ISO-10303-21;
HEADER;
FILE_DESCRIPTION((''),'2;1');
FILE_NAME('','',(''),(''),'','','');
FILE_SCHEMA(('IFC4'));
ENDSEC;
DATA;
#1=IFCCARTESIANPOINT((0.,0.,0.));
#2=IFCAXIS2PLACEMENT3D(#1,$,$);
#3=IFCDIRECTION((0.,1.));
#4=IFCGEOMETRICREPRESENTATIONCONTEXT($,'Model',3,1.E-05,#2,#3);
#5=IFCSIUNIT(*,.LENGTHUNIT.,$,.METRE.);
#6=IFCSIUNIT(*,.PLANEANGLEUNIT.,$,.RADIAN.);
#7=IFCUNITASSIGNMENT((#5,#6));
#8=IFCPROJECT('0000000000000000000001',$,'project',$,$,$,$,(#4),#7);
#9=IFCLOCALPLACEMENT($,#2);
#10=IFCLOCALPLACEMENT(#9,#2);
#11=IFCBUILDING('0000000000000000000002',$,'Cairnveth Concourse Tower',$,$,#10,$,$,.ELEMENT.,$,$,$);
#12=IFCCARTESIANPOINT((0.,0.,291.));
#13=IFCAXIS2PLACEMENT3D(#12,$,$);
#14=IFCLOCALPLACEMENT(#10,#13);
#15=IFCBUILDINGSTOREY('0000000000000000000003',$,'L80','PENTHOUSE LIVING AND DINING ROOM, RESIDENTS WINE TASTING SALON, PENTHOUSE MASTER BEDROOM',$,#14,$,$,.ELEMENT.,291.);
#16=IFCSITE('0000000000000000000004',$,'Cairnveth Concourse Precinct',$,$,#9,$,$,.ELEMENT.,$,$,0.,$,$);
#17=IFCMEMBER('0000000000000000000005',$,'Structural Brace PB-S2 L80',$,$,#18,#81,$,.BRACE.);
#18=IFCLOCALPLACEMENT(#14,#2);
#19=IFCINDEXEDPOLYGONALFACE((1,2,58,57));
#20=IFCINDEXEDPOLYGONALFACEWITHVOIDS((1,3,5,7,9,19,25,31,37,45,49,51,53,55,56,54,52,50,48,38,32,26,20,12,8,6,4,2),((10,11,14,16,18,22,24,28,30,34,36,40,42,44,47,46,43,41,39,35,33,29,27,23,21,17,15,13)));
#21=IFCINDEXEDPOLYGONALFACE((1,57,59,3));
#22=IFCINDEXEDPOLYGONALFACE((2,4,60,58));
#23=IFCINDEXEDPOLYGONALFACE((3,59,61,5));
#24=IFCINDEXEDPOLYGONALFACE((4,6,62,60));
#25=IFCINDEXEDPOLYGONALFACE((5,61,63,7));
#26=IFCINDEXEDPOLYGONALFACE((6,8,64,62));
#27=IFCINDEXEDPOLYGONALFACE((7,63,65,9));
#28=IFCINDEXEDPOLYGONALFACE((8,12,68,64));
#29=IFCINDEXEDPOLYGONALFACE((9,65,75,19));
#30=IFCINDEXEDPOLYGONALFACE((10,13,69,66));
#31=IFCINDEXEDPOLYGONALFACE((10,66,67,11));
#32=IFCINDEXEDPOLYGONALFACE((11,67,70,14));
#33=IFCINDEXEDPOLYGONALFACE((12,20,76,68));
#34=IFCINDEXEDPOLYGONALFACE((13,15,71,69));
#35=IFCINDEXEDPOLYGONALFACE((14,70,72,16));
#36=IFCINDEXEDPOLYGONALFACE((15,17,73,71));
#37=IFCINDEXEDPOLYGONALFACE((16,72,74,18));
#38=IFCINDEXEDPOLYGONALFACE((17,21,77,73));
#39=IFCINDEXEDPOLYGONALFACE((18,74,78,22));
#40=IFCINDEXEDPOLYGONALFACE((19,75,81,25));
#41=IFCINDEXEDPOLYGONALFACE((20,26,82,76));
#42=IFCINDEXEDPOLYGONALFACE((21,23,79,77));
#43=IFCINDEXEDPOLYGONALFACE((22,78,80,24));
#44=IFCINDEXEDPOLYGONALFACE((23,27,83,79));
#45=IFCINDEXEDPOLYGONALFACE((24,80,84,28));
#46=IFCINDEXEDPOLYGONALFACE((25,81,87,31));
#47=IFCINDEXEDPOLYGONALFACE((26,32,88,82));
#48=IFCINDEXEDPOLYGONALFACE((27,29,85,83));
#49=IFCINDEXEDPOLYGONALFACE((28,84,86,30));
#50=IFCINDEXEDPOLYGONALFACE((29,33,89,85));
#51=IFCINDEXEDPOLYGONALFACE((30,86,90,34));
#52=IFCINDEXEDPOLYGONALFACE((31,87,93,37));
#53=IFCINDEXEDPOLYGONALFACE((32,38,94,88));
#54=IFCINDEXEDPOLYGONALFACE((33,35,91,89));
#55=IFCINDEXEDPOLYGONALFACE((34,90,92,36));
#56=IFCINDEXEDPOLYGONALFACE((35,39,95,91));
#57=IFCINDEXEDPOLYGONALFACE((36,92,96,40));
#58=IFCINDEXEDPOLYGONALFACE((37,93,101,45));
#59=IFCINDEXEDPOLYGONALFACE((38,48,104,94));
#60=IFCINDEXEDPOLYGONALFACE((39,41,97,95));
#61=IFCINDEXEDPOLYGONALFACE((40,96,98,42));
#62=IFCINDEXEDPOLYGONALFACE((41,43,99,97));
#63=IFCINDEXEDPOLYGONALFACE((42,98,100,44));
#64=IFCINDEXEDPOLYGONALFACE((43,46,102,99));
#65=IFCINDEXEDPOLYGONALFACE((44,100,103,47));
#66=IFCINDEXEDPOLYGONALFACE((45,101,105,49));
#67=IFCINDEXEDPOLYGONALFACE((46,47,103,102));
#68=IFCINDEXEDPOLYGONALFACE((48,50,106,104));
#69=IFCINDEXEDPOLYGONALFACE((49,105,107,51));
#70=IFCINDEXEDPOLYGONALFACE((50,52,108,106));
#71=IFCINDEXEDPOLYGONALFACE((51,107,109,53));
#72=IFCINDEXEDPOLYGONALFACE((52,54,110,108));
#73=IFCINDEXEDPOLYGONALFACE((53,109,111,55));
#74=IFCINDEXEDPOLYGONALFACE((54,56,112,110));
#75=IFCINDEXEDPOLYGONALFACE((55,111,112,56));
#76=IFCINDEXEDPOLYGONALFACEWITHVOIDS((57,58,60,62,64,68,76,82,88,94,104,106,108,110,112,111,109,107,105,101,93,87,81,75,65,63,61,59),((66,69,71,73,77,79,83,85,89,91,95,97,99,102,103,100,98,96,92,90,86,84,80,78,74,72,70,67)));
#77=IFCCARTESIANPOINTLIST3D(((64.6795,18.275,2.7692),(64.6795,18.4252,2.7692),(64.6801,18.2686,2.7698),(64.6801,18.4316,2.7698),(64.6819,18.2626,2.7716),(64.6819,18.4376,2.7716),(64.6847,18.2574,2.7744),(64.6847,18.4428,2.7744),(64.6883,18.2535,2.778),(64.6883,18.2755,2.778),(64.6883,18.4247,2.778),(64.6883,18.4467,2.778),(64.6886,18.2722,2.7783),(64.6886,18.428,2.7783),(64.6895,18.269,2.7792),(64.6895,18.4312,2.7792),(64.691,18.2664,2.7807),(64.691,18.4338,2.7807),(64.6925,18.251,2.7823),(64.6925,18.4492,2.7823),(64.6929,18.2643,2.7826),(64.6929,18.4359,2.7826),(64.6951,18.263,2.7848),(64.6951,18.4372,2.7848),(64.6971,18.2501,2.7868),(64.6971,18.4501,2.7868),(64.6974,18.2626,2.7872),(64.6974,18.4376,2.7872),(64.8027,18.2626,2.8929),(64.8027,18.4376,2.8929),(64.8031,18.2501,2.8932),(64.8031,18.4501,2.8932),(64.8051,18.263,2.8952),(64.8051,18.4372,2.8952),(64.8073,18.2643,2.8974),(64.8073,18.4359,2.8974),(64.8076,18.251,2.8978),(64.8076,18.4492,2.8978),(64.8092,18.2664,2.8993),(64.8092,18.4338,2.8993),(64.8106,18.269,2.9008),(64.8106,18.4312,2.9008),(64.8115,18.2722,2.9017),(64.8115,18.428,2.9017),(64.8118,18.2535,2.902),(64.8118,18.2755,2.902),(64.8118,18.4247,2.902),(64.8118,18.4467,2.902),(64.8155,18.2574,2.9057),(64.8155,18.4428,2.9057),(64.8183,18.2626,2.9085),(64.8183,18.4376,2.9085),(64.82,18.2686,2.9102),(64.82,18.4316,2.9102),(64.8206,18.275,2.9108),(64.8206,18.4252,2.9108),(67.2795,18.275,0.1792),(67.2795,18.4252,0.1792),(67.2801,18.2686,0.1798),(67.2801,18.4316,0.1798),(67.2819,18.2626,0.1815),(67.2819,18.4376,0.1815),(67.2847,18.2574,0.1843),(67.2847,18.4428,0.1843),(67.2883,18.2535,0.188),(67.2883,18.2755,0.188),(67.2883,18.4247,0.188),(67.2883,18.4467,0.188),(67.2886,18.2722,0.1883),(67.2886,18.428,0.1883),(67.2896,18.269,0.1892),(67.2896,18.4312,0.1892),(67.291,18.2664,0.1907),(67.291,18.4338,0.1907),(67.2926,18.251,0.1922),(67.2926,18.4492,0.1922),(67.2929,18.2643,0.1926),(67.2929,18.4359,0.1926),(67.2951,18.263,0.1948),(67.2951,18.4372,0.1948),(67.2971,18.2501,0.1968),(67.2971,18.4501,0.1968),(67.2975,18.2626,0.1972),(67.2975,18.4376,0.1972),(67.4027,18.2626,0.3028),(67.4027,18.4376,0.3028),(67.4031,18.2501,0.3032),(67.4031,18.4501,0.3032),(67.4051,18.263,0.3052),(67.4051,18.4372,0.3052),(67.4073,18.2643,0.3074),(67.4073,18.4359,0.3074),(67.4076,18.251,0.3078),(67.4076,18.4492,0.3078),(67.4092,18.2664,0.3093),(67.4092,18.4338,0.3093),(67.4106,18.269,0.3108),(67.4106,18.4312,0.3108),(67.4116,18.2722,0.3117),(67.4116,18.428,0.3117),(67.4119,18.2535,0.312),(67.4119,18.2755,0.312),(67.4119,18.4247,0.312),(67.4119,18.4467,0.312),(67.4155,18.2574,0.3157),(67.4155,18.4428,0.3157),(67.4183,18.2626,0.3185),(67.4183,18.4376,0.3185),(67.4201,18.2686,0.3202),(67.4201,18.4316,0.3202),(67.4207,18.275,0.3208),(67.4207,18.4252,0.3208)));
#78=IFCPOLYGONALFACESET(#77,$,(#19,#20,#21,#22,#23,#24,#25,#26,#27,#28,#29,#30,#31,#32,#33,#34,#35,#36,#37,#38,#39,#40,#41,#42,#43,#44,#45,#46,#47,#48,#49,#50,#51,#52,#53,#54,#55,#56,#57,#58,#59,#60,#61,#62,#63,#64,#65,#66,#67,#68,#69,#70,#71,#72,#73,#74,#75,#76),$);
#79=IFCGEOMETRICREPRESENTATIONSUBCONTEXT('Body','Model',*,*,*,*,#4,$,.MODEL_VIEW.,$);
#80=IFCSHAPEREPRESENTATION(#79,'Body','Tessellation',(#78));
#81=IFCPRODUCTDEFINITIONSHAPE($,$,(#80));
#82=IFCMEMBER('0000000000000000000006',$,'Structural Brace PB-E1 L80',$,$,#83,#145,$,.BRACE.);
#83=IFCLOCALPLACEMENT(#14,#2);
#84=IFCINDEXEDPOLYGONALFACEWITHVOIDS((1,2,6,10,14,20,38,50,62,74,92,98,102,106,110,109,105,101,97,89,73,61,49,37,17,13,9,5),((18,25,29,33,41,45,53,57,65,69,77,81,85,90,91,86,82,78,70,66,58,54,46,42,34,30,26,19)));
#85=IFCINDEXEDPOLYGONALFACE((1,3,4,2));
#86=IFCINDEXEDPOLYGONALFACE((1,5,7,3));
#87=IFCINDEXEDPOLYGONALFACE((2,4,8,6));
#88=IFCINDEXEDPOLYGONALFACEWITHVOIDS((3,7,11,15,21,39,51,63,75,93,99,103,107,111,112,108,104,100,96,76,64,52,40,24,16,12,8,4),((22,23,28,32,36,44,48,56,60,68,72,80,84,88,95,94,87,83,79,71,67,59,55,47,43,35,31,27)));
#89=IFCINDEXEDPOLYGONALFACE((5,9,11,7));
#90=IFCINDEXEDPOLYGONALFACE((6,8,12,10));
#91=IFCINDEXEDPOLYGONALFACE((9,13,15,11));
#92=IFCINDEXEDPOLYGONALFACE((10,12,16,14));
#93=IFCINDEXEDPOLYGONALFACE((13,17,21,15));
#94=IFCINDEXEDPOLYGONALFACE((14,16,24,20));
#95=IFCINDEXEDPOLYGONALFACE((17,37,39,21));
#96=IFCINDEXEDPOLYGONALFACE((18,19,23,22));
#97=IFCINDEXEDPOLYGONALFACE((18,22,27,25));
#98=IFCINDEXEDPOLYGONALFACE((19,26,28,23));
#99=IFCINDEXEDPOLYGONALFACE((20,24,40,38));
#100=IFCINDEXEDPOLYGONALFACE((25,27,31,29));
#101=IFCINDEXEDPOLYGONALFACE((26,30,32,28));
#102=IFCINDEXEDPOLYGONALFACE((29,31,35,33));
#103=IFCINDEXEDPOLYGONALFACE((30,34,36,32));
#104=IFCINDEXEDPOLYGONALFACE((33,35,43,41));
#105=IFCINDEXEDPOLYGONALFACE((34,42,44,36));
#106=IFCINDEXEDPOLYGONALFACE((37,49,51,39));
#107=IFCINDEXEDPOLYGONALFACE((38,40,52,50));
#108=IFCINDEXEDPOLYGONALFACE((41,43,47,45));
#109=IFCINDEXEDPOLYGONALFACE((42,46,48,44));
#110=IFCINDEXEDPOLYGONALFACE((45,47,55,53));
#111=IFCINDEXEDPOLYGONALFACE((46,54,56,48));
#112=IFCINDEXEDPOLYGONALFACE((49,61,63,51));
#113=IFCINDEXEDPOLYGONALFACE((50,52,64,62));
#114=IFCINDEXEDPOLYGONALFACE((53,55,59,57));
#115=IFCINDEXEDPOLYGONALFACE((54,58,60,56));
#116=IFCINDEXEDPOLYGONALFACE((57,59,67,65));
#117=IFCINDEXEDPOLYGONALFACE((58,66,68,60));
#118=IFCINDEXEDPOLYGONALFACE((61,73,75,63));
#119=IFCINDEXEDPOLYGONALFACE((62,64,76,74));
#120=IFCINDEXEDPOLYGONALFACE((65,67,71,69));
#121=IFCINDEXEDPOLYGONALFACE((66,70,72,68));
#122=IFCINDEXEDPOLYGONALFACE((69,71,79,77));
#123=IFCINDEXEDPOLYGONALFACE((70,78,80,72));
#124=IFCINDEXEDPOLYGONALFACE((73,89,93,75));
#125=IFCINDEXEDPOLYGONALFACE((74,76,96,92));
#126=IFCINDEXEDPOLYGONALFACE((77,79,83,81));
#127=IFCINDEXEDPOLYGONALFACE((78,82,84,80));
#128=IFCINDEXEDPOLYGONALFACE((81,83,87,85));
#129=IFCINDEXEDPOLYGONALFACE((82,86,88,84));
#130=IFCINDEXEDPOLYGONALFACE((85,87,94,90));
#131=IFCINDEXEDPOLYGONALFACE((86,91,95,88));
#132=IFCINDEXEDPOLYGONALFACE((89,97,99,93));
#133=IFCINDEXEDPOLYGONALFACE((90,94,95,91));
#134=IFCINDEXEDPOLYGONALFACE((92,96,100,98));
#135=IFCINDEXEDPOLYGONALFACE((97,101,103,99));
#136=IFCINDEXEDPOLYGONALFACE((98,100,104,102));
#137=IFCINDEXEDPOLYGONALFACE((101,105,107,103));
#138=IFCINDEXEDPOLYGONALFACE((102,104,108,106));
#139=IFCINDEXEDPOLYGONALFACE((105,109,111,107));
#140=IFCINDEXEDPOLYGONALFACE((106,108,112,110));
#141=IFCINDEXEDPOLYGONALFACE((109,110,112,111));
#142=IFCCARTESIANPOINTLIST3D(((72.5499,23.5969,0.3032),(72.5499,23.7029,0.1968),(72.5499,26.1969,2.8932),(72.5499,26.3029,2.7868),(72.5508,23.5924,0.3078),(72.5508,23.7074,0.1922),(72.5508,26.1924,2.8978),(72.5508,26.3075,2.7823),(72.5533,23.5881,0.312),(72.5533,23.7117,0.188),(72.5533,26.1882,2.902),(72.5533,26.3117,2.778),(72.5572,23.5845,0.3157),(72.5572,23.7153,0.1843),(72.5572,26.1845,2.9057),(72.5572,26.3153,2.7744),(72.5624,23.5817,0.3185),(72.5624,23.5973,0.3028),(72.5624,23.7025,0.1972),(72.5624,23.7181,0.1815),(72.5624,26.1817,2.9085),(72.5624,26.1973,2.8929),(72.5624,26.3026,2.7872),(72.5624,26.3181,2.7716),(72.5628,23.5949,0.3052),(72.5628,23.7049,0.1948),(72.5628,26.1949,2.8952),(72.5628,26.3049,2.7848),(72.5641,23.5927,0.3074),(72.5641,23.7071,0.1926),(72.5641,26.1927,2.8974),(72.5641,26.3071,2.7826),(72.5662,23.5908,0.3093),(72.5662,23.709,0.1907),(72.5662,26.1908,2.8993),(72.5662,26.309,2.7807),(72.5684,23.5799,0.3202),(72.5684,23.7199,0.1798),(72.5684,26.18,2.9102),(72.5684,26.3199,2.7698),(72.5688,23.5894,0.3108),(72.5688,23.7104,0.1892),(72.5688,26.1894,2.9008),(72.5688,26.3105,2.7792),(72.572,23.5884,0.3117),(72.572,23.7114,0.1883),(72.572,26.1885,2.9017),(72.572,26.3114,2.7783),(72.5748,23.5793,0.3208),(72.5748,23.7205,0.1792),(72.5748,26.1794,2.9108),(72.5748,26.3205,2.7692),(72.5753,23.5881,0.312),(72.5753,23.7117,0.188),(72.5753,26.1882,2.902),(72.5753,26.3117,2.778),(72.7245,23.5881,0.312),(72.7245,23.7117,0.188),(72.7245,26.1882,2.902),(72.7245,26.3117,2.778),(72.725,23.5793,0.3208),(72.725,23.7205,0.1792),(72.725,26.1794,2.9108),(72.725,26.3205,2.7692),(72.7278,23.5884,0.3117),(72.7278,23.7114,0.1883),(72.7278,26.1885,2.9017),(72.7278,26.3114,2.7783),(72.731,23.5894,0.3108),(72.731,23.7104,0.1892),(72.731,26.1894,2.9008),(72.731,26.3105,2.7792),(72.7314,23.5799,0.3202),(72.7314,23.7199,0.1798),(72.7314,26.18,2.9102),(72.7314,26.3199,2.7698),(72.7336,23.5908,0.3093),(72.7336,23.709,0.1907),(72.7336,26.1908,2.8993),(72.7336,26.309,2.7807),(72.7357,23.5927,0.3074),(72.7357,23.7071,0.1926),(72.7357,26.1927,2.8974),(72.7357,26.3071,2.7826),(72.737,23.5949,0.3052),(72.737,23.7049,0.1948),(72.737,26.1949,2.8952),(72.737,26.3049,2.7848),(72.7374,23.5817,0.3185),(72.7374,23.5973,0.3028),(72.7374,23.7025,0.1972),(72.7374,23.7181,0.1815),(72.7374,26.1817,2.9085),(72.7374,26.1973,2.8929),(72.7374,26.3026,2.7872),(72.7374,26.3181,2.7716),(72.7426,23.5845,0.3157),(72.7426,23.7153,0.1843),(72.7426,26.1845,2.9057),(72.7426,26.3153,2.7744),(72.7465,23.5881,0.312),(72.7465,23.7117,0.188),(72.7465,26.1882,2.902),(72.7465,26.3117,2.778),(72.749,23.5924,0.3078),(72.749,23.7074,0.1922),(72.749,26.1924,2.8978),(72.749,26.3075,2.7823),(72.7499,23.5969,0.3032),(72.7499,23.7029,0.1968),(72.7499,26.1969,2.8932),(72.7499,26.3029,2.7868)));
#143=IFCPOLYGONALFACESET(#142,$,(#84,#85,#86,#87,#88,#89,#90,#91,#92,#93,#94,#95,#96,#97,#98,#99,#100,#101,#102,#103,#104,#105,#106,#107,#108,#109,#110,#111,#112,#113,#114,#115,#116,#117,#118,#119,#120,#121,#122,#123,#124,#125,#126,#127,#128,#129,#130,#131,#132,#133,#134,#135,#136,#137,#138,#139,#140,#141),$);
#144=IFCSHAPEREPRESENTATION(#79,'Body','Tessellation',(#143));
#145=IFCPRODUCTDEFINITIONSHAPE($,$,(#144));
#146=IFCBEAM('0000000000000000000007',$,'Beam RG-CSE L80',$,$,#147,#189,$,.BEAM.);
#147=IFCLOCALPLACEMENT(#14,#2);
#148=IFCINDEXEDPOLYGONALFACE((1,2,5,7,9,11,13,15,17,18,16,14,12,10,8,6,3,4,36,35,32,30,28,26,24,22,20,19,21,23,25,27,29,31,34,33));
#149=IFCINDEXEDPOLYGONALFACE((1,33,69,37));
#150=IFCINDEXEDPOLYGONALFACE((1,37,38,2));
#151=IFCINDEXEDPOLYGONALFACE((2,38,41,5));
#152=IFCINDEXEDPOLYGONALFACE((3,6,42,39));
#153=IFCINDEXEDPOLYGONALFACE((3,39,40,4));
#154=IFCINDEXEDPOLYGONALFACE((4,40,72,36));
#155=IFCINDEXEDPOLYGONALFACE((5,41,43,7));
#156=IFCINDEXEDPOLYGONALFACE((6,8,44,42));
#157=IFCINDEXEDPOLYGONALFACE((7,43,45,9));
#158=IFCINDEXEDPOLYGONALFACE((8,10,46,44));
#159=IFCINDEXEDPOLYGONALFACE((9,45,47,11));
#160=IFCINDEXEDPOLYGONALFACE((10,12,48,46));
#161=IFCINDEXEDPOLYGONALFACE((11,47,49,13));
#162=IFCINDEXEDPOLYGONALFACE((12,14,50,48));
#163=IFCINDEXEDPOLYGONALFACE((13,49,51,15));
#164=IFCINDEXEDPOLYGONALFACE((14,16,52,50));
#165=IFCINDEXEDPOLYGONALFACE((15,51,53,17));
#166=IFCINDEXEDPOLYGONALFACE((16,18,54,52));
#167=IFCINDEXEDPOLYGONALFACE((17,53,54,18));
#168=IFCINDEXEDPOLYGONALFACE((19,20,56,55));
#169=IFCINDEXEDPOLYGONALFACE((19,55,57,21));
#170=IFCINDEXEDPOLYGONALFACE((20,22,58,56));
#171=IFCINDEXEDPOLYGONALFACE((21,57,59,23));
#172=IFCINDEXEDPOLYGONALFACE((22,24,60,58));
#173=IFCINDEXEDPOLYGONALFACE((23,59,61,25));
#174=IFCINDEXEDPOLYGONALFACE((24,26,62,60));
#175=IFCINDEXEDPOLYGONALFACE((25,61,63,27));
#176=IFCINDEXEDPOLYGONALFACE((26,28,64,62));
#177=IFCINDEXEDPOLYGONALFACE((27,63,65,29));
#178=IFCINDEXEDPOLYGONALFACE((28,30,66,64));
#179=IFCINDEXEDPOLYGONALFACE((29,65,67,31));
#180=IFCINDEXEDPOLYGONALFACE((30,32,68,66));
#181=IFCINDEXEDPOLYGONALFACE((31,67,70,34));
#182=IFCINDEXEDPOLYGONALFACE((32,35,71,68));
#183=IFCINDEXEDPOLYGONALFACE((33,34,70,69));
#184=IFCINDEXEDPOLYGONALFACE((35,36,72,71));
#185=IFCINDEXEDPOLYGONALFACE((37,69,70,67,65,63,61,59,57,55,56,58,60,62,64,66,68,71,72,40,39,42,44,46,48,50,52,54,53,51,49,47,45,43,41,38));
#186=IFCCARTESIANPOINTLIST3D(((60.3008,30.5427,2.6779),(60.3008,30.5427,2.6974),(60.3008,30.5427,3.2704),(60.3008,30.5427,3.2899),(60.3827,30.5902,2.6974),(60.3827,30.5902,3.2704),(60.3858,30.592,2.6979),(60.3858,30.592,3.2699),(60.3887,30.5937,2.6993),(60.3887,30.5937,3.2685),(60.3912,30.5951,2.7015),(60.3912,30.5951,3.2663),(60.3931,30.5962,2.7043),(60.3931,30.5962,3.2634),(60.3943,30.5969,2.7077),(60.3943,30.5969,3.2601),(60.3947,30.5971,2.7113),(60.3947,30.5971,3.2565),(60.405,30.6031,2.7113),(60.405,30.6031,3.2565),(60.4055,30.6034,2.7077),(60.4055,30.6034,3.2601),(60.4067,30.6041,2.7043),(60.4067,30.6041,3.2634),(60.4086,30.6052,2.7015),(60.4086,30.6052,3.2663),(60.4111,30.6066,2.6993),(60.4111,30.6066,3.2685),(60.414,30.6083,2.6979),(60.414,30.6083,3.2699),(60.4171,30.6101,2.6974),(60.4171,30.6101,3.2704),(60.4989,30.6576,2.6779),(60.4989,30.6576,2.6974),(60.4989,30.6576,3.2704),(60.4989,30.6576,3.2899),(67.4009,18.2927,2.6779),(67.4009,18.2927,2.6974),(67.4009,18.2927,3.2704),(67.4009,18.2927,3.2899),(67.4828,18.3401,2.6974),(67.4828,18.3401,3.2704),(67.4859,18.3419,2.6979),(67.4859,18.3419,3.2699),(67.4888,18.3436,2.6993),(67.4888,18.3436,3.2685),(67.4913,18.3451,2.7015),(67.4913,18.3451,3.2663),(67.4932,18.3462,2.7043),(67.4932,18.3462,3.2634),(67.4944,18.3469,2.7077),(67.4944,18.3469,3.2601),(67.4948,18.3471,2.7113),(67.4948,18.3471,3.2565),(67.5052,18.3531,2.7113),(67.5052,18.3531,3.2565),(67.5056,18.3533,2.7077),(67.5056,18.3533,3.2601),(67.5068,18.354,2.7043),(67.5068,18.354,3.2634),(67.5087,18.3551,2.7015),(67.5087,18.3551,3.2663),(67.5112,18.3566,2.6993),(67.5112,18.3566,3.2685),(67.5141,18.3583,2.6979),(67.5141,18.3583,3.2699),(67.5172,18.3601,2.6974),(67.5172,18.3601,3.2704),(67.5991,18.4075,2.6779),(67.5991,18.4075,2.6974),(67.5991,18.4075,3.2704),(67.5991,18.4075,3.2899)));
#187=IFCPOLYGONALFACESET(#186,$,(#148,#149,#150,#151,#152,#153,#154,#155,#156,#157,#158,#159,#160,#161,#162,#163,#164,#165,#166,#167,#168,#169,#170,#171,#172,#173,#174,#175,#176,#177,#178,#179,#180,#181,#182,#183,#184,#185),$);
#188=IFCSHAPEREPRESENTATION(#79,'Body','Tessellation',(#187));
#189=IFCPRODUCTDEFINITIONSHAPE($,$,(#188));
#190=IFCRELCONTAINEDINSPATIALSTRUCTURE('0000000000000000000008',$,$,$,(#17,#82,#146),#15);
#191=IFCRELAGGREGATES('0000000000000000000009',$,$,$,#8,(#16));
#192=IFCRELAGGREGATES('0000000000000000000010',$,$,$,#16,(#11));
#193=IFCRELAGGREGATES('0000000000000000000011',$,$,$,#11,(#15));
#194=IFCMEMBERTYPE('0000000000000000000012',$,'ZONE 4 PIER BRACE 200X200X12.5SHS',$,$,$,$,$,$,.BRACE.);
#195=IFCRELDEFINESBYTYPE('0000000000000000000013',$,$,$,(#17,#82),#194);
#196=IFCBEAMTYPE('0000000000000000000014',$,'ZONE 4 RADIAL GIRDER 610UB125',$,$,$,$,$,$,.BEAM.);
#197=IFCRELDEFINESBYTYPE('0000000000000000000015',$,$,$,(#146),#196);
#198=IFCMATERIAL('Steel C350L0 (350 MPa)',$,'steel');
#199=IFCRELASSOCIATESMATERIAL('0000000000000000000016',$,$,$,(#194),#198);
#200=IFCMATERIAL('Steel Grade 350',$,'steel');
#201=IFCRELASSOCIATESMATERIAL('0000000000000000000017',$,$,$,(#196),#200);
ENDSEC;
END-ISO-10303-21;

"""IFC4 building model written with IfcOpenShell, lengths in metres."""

from ifc_helpers import new_model, si_unit, direction, frame, origin, origin_2d, place, context, subcontext, project, spatial, hollow_rectangle, i_section, extrude, material, material_profile, profile_set, type_object, element, save


model = new_model("IFC4")

# Units and contexts
model_context = context("Model", 3, precision=1e-05, world=origin(), true_north=direction((0.0, 1.0)))
body_context = subcontext(model_context, "Body", "Model", "MODEL_VIEW")
ifc_project = project(units=[si_unit("LENGTHUNIT", "METRE"), si_unit("PLANEANGLEUNIT", "RADIAN")], contexts=[model_context])

# Site, building, storey
site_placement = place(None, origin())
site = spatial("IfcSite", under=ifc_project, at=site_placement, Name="Cairnveth Concourse Precinct", CompositionType="ELEMENT", RefElevation=0.0)
building_placement = place(site_placement, origin())
building = spatial("IfcBuilding", under=site, at=building_placement, Name="Cairnveth Concourse Tower", CompositionType="ELEMENT")
storey_placement = place(building_placement, frame((0.0, 0.0, 291.0)))
storey = spatial("IfcBuildingStorey", under=building, at=storey_placement, Name="L80", Description="PENTHOUSE LIVING AND DINING ROOM, RESIDENTS WINE TASTING SALON, PENTHOUSE MASTER BEDROOM", CompositionType="ELEMENT", Elevation=291.0)

# Shared definitions
ifc_material_1 = material(Name="Steel Grade 350", Category="steel")

# Members
ifc_material_2 = material(Name="Steel C350L0 (350 MPa)", Category="steel")
ifc_material_profile_1 = material_profile(ifc_material_2, hollow_rectangle(XDim=0.2, YDim=0.2, WallThickness=0.0125, InnerFilletRadius=0.0129, OuterFilletRadius=0.0249, at=origin_2d()), Name="200x200x12.5SHS")
ifc_profile_set_1 = profile_set([ifc_material_profile_1], Name="Steel C350L0 (350 MPa)")
member_type = type_object("IfcMemberType", Name="ZONE 4 PIER BRACE 200X200X12.5SHS", PredefinedType="BRACE", material=ifc_profile_set_1)
for number, where, z_axis, x_axis, name in (
    (1, (67.3501, 18.3501, 0.25), (-0.708469, 0.0, 0.705742), (0.0, -1.0, 0.0), "Structural Brace PB-S2 L80"),
    (2, (72.6499, 23.6499, 0.25), (0.0, 0.708469, 0.705742), (-1.0, 0.0, 0.0), "Structural Brace PB-E1 L80"),
):
    element("IfcMember", number, at=place(storey_placement, frame(where, z_axis=z_axis, x_axis=x_axis)), inside=storey, type_object=member_type, Name=name, PredefinedType="BRACE", context=body_context, shape_type="SweptSolid", body=[
        extrude(hollow_rectangle(XDim=0.2, YDim=0.2, WallThickness=0.0125, InnerFilletRadius=0.0129, OuterFilletRadius=0.0249, at=origin_2d()), origin(), (0.0, 0.0, 1.0), 3.6699),
    ])

# Beam
ifc_material_profile_2 = material_profile(ifc_material_1, i_section(OverallWidth=0.229, OverallDepth=0.6121, WebThickness=0.012, FlangeThickness=0.0195, FilletRadius=0.0139, at=origin_2d()), Name="610UB125")
ifc_profile_set_2 = profile_set([ifc_material_profile_2], Name="Steel Grade 350")
beam_type_1 = type_object("IfcBeamType", Name="ZONE 4 RADIAL GIRDER 610UB125", PredefinedType="BEAM", material=ifc_profile_set_2)
beam_1_placement = place(storey_placement, frame((67.5, 18.3501, 2.9839), z_axis=(-0.501459, 0.865181, 0.0), x_axis=(-0.865181, -0.501459, 0.0)))
element("IfcBeam", 3, at=beam_1_placement, inside=storey, type_object=beam_type_1, Name="Beam RG-CSE L80", PredefinedType="BEAM", context=body_context, shape_type="SweptSolid", body=[
    extrude(i_section(OverallWidth=0.229, OverallDepth=0.6121, WebThickness=0.012, FlangeThickness=0.0195, FilletRadius=0.0139, at=origin_2d()), origin(), (0.0, 0.0, 1.0), 14.1589),
])

save(model, "model.ifc")
